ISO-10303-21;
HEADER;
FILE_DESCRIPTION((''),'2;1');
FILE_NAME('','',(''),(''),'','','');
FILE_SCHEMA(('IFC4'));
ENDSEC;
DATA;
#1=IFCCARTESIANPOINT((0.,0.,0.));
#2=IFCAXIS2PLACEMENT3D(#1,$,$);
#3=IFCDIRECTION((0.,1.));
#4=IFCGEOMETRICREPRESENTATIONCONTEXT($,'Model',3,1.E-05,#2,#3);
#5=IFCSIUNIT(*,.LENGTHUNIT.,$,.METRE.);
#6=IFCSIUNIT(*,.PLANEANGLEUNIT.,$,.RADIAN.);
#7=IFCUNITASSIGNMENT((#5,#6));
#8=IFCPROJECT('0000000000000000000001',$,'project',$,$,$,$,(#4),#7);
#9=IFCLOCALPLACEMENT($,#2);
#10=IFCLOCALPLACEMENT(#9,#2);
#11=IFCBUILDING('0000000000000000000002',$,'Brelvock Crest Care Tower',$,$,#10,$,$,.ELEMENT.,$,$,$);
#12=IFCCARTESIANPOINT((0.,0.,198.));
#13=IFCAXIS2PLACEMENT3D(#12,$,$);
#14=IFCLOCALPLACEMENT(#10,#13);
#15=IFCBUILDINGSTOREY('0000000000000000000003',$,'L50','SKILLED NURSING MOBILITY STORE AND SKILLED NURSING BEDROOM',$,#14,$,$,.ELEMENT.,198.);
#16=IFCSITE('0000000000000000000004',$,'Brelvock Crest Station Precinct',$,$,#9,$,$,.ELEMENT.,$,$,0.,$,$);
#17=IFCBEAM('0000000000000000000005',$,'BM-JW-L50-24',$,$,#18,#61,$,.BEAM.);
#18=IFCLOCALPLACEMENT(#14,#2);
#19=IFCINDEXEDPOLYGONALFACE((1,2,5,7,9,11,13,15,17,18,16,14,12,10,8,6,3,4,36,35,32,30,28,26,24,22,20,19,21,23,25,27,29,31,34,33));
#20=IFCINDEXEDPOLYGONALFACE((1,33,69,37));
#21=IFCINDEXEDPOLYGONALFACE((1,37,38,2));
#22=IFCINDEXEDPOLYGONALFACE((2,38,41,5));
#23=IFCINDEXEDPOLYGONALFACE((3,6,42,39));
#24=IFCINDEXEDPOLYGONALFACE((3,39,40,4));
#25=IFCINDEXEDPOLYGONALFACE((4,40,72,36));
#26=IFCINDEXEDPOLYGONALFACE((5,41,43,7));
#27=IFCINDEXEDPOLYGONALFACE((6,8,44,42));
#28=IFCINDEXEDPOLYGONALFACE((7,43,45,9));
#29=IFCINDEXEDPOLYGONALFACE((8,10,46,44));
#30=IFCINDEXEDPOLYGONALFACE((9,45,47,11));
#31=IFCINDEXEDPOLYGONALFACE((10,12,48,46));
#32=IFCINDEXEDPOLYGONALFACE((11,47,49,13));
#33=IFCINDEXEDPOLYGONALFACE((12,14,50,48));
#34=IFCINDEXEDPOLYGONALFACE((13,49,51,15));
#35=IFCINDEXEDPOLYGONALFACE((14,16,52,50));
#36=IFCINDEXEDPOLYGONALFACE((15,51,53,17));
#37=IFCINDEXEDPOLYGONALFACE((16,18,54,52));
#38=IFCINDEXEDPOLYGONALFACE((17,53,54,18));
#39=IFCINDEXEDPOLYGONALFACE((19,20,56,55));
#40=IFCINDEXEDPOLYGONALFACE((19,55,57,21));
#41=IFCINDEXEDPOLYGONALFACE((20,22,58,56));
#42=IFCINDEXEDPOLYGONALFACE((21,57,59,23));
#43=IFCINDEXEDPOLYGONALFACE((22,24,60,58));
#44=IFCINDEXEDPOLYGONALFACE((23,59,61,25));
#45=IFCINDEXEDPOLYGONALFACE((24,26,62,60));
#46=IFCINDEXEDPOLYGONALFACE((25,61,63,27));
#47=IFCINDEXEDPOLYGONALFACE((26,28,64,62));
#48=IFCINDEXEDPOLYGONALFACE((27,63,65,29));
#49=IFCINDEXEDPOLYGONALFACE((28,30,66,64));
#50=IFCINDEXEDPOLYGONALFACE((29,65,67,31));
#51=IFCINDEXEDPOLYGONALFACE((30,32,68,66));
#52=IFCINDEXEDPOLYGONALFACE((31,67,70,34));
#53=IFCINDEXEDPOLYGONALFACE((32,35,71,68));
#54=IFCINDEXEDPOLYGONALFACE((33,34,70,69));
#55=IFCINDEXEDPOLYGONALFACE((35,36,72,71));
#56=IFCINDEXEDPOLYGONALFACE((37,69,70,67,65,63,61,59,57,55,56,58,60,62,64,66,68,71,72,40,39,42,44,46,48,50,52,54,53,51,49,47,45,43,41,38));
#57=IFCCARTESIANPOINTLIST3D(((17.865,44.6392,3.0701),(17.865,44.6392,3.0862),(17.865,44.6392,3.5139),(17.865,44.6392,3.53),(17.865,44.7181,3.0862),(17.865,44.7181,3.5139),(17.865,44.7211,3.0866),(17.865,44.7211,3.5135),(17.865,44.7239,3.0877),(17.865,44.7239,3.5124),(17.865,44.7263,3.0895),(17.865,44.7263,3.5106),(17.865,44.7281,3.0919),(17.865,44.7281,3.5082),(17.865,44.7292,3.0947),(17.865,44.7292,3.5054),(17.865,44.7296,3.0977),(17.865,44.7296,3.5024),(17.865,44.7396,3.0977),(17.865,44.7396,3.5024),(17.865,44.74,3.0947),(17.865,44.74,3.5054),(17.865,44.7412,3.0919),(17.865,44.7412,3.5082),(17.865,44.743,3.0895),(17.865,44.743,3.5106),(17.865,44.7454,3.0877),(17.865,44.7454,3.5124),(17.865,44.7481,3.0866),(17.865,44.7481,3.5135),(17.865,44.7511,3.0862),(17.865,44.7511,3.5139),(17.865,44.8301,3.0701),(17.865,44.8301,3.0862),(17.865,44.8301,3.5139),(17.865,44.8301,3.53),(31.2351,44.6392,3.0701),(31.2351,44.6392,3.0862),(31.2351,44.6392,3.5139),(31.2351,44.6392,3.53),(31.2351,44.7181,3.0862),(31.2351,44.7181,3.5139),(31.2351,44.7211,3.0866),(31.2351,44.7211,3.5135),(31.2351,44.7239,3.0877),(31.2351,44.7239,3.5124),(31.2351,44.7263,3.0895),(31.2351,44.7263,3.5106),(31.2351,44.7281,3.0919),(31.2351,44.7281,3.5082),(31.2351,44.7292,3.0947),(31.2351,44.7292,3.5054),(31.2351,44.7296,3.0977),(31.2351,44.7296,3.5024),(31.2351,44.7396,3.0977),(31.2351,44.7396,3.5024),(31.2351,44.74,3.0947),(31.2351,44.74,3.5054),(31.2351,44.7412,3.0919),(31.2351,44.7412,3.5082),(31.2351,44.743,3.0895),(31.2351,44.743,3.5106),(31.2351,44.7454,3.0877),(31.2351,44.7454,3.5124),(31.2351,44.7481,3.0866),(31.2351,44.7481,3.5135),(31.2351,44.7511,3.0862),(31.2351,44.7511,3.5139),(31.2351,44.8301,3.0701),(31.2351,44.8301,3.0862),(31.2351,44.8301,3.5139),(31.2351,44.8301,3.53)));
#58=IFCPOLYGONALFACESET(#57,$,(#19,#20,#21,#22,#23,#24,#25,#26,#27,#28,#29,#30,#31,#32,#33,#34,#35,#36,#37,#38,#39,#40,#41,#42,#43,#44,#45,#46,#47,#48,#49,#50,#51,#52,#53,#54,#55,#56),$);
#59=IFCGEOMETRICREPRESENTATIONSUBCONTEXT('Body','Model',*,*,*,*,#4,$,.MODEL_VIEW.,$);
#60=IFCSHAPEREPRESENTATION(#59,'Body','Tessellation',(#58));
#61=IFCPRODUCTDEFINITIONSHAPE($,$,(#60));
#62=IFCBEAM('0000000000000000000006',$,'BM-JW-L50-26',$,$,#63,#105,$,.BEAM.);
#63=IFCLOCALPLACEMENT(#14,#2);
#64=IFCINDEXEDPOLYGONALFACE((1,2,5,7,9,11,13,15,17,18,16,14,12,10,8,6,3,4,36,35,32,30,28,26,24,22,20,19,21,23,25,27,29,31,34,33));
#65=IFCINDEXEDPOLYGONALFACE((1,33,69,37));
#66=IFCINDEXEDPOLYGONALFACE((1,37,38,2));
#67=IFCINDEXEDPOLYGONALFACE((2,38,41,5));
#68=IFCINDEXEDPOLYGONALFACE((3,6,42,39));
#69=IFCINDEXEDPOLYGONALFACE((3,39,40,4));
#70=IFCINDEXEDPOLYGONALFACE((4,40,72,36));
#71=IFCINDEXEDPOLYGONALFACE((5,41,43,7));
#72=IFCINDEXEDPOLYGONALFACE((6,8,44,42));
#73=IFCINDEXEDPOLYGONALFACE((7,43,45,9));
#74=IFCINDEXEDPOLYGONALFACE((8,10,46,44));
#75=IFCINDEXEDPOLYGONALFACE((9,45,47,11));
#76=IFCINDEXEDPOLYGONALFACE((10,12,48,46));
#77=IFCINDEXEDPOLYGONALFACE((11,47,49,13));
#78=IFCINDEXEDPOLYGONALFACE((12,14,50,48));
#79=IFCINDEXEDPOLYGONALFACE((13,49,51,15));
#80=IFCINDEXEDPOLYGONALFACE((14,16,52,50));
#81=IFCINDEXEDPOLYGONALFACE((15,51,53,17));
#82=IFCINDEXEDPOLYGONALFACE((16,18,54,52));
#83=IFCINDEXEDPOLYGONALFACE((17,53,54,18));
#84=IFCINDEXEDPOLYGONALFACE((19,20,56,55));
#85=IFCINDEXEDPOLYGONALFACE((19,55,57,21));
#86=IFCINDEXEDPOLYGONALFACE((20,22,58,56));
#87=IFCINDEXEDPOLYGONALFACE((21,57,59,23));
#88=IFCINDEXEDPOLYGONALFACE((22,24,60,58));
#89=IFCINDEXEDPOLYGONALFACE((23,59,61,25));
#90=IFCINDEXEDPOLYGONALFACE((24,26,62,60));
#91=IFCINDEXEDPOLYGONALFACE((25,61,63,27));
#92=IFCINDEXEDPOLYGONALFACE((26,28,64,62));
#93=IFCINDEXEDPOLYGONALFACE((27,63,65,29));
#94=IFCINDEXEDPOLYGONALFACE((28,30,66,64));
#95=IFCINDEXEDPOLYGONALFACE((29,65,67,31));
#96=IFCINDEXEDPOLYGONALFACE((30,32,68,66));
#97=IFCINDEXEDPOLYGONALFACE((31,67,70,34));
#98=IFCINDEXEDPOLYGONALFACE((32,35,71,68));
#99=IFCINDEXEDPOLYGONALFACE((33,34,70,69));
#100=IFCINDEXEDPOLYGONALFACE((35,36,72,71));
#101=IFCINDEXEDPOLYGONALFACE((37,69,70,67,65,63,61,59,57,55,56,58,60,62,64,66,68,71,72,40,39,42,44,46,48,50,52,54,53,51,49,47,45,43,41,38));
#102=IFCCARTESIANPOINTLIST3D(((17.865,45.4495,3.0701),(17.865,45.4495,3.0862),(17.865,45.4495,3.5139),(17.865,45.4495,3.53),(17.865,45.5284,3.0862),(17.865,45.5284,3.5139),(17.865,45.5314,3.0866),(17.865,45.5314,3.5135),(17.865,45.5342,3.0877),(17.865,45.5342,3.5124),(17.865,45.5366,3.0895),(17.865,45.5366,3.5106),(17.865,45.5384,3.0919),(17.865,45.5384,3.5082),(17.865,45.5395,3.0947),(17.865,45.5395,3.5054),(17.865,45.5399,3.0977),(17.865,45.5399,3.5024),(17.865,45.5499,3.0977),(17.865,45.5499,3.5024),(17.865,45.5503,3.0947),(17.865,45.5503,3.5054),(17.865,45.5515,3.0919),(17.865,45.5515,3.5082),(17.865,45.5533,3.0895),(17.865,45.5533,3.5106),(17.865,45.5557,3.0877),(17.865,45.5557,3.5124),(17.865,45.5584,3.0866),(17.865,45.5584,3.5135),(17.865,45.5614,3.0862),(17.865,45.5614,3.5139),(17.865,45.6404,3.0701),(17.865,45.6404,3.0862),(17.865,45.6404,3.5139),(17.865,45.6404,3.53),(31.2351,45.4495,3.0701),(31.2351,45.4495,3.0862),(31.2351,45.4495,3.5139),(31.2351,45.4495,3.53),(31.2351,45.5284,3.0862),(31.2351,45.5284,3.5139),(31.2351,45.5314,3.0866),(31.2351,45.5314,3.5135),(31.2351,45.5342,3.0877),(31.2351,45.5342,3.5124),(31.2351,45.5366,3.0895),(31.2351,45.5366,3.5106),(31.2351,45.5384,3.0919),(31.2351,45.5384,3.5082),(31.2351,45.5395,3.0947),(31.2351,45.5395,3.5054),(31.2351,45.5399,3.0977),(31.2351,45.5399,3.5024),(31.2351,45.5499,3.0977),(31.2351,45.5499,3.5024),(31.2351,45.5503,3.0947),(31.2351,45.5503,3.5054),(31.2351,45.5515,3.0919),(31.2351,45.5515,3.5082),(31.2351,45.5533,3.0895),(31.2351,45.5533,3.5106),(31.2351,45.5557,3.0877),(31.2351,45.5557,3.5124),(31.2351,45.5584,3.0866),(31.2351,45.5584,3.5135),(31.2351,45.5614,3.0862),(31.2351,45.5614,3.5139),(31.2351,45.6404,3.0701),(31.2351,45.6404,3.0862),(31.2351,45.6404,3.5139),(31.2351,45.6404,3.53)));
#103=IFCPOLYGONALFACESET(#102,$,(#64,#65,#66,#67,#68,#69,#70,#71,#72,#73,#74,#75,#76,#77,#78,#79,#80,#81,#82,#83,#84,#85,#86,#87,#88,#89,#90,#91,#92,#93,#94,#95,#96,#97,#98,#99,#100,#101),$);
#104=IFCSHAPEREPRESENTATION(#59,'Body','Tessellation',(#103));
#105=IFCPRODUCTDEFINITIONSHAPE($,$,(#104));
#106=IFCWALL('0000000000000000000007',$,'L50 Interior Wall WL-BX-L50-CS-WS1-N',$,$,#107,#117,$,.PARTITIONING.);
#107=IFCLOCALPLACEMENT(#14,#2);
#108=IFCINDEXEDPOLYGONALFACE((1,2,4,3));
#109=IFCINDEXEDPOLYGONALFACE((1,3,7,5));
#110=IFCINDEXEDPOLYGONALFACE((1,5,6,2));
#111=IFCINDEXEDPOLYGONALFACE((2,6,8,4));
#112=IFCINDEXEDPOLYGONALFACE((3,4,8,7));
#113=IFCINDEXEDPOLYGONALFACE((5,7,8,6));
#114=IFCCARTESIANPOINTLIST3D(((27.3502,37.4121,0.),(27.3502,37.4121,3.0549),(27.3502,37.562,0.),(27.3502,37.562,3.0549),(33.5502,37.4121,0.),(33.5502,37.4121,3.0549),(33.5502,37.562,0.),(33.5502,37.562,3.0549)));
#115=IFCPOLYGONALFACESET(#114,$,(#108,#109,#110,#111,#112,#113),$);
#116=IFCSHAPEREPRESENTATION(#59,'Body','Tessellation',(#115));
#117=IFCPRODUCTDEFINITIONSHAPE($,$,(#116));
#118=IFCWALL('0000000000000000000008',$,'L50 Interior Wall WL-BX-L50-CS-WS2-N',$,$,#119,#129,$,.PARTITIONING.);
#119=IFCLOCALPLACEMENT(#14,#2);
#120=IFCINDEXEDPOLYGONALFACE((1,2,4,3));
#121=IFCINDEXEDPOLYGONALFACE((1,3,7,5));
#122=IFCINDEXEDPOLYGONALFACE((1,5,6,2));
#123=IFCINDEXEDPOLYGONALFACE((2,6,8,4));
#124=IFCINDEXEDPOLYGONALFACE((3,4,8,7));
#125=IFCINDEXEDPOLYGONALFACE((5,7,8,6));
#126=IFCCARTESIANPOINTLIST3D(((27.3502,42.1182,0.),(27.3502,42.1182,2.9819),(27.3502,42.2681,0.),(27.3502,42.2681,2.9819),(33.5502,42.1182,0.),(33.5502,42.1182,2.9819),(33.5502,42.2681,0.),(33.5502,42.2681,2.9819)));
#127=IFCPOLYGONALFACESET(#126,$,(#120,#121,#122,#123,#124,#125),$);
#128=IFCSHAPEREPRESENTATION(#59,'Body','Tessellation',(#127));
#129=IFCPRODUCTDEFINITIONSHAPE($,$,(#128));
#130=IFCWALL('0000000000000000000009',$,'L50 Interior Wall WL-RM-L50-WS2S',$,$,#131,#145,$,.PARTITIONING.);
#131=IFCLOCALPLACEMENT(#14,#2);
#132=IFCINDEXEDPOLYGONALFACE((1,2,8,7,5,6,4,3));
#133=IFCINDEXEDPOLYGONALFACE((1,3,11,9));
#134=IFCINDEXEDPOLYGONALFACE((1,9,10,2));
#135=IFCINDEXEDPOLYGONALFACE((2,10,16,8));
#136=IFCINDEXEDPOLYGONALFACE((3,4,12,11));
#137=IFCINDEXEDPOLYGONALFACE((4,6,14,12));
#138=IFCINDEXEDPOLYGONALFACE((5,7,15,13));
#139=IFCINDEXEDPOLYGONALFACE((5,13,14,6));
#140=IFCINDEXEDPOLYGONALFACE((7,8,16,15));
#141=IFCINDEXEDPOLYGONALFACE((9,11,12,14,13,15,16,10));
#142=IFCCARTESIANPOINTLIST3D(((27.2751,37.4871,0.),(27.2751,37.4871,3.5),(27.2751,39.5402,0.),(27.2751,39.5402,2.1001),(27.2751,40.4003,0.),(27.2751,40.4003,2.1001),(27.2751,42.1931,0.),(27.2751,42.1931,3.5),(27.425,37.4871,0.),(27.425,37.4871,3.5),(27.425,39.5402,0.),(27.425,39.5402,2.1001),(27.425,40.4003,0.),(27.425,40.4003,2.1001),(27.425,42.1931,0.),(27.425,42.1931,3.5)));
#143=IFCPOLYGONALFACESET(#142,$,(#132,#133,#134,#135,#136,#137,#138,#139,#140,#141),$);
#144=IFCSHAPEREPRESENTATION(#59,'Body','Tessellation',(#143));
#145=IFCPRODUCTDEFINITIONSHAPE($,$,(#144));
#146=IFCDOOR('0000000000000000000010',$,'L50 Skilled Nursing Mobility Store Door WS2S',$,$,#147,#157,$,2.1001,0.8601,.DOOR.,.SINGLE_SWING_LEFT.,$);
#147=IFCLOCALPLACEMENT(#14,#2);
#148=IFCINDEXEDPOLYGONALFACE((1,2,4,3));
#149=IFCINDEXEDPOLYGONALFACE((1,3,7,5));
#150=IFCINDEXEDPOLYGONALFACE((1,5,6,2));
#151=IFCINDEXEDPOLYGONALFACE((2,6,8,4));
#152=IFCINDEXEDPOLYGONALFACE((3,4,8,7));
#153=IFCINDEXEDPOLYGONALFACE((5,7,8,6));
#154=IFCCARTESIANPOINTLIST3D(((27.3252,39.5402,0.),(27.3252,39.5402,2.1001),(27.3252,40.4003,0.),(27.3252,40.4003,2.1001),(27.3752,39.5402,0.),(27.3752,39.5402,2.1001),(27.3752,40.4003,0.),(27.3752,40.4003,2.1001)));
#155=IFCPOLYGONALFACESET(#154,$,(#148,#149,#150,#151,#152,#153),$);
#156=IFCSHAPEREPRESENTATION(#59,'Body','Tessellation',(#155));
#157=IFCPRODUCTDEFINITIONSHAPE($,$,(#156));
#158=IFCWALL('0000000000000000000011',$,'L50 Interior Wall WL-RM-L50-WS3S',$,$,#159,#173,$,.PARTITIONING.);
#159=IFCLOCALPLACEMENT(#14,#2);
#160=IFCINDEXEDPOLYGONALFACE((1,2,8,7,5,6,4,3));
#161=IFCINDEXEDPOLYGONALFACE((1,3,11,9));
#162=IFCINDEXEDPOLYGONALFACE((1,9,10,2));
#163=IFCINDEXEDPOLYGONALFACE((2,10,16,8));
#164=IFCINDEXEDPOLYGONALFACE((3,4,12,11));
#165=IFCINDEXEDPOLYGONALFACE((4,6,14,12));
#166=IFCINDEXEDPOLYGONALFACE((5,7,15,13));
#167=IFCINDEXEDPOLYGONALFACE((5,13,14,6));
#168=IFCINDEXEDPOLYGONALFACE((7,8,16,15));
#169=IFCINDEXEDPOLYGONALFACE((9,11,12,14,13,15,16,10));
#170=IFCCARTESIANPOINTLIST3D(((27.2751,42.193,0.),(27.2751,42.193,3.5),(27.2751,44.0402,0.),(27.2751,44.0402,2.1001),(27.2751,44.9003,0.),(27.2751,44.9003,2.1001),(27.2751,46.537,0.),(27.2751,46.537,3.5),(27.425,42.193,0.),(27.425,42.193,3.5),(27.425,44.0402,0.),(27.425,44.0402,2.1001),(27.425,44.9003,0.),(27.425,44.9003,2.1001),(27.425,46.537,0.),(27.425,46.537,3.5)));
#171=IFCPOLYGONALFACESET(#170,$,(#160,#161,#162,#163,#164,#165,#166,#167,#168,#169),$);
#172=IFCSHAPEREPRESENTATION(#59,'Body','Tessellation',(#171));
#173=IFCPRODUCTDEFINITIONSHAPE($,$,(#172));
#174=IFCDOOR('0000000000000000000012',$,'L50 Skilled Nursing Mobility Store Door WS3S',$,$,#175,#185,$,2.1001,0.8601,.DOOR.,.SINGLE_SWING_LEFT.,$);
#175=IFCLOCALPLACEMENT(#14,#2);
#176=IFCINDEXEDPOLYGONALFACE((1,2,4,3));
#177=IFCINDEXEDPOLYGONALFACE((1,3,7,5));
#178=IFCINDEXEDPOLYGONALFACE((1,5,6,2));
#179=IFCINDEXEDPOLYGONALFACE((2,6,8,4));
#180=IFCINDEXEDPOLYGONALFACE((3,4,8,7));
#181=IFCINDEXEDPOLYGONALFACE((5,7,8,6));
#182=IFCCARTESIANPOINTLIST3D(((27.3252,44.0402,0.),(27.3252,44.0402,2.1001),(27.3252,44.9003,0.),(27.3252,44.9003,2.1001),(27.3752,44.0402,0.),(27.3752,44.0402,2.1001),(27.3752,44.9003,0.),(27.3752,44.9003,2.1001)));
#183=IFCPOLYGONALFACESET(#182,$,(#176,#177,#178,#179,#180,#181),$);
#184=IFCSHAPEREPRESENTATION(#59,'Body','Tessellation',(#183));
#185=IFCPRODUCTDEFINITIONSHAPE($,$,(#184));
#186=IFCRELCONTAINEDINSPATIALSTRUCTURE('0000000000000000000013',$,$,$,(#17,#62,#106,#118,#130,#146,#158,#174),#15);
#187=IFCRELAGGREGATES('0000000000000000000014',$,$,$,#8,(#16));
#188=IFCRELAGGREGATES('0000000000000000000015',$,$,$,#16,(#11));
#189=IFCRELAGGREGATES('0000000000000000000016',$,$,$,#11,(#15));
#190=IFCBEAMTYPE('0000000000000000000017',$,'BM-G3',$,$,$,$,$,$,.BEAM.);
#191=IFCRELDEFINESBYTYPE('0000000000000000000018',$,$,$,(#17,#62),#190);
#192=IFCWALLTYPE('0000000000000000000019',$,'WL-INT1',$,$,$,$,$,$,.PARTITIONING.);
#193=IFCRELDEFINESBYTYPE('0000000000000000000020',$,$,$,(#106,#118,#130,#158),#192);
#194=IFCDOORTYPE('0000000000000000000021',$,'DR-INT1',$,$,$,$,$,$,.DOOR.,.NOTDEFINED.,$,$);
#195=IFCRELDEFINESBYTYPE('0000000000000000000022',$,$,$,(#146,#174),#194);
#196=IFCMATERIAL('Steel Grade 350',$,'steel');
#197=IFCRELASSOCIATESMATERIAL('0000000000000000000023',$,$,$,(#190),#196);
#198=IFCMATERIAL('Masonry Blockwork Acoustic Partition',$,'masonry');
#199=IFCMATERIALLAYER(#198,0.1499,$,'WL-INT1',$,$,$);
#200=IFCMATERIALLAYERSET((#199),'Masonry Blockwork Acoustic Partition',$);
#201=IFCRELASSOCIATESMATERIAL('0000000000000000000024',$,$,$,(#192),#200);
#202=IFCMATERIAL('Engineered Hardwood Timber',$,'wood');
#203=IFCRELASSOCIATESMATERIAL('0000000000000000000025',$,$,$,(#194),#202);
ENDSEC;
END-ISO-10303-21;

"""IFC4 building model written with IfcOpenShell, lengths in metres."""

from ifc_helpers import new_model, si_unit, direction, frame, frame_2d, origin, origin_2d, place, context, subcontext, project, spatial, rectangle, i_section, extrude, source, transform, mapped, material, layer, layer_set, material_profile, profile_set, type_object, element, fill, save


model = new_model("IFC4")

# Units and contexts
model_context = context("Model", 3, precision=1e-05, world=origin(), true_north=direction((0.0, 1.0)))
body_context = subcontext(model_context, "Body", "Model", "MODEL_VIEW")
ifc_project = project(units=[si_unit("LENGTHUNIT", "METRE"), si_unit("PLANEANGLEUNIT", "RADIAN")], contexts=[model_context])

# Site, building, storey
site_placement = place(None, origin())
site = spatial("IfcSite", under=ifc_project, at=site_placement, Name="Brelvock Crest Station Precinct", CompositionType="ELEMENT", RefElevation=0.0)
building_placement = place(site_placement, origin())
building = spatial("IfcBuilding", under=site, at=building_placement, Name="Brelvock Crest Care Tower", CompositionType="ELEMENT")
storey_placement = place(building_placement, frame((0.0, 0.0, 198.0)))
storey = spatial("IfcBuildingStorey", under=building, at=storey_placement, Name="L50", Description="SKILLED NURSING MOBILITY STORE AND SKILLED NURSING BEDROOM", CompositionType="ELEMENT", Elevation=198.0)

# Beams
ifc_material_1 = material(Name="Steel Grade 350", Category="steel")
ifc_material_profile_1 = material_profile(ifc_material_1, i_section(OverallWidth=0.1909, OverallDepth=0.46, WebThickness=0.01, FlangeThickness=0.0161, FilletRadius=0.0115, at=origin_2d()), Name="460UB82.1")
ifc_profile_set_1 = profile_set([ifc_material_profile_1], Name="Steel Grade 350")
beam_type_1 = type_object("IfcBeamType", Name="BM-G3", PredefinedType="BEAM", material=ifc_profile_set_1)
shared_shape_1 = source(origin(), body_context, "Body", "SweptSolid", [
    extrude(i_section(OverallWidth=0.1909, OverallDepth=0.46, WebThickness=0.01, FlangeThickness=0.0161, FilletRadius=0.0115, at=origin_2d()), origin(), (0.0, 0.0, 1.0), 13.3701),
])
for number, where, z_axis, x_axis, name in (
    (1, (17.865, 44.7346, 3.3), (1.0, 0.0, 0.0), (0.0, 1.0, 0.0), "BM-JW-L50-24"),
    (2, (17.865, 45.5449, 3.3), (1.0, 0.0, 0.0), (0.0, 1.0, 0.0), "BM-JW-L50-26"),
):
    element("IfcBeam", number, at=place(storey_placement, frame(where, z_axis=z_axis, x_axis=x_axis)), inside=storey, type_object=beam_type_1, Name=name, PredefinedType="BEAM", context=body_context, shape_type="MappedRepresentation", body=[
        mapped(shared_shape_1, transform((0.0, 0.0, 0.0), x_axis=(1.0, 0.0, 0.0), y_axis=(0.0, 1.0, 0.0), z_axis=(0.0, 0.0, 1.0), scale=1.0)),
    ])

# Walls
ifc_material_2 = material(Name="Masonry Blockwork Acoustic Partition", Category="masonry")
ifc_layer = layer(ifc_material_2, 0.1499, Name="WL-INT1")
ifc_layer_set = layer_set([ifc_layer], Name="Masonry Blockwork Acoustic Partition")
wall_type = type_object("IfcWallType", Name="WL-INT1", PredefinedType="PARTITIONING", material=ifc_layer_set)
wall_1_placement = place(storey_placement, frame((27.3501, 37.4871, 0.0), z_axis=(0.0, 0.0, 1.0), x_axis=(1.0, 0.0, 0.0)))
element("IfcWall", 3, at=wall_1_placement, inside=storey, type_object=wall_type, Name="L50 Interior Wall WL-BX-L50-CS-WS1-N", PredefinedType="PARTITIONING", context=body_context, shape_type="SweptSolid", body=[
    extrude(rectangle(XDim=6.2, YDim=0.1499, at=frame_2d((3.1001, 0.0))), origin(), (0.0, 0.0, 1.0), 3.0549),
])
wall_2_placement = place(storey_placement, frame((27.3501, 42.1931, 0.0), z_axis=(0.0, 0.0, 1.0), x_axis=(1.0, 0.0, 0.0)))
element("IfcWall", 4, at=wall_2_placement, inside=storey, type_object=wall_type, Name="L50 Interior Wall WL-BX-L50-CS-WS2-N", PredefinedType="PARTITIONING", context=body_context, shape_type="SweptSolid", body=[
    extrude(rectangle(XDim=6.2, YDim=0.1499, at=frame_2d((3.1001, 0.0))), origin(), (0.0, 0.0, 1.0), 2.9819),
])

# Walls, openings, doors
wall_3_placement = place(storey_placement, frame((27.3501, 37.4871, 0.0), z_axis=(0.0, 0.0, 1.0), x_axis=(0.0, 1.0, 0.0)))
wall_3 = element("IfcWall", 5, at=wall_3_placement, inside=storey, type_object=wall_type, Name="L50 Interior Wall WL-RM-L50-WS2S", PredefinedType="PARTITIONING", context=body_context, shape_type="SweptSolid", body=[
    extrude(rectangle(XDim=4.7061, YDim=0.1499, at=frame_2d((2.353, 0.0))), origin(), (0.0, 0.0, 1.0), 3.5),
])
opening_1_placement = place(wall_3_placement, frame((2.053, 0.0, 0.0)))
opening_1 = element("IfcOpeningElement", 6, at=opening_1_placement, cuts=wall_3, PredefinedType="OPENING", context=body_context, shape_type="SweptSolid", body=[
    extrude(rectangle(XDim=0.8601, YDim=2.1001, at=origin_2d()), frame((0.4302, 0.085, 1.05), z_axis=(0.0, -1.0, 0.0), x_axis=(1.0, 0.0, 0.0)), (0.0, 0.0, 1.0), 0.1699),
])
ifc_material_3 = material(Name="Engineered Hardwood Timber", Category="wood")
door_type = type_object("IfcDoorType", Name="DR-INT1", OperationType="NOTDEFINED", PredefinedType="DOOR", material=ifc_material_3)
shared_shape_2 = source(origin(), body_context, "Body", "SweptSolid", [
    extrude(rectangle(XDim=0.8601, YDim=2.1001, at=origin_2d()), frame((0.4302, 0.0249, 1.05), z_axis=(0.0, -1.0, 0.0), x_axis=(1.0, 0.0, 0.0)), (0.0, 0.0, 1.0), 0.05),
])
door_1_placement = place(opening_1_placement, origin())
door_1 = element("IfcDoor", 7, at=door_1_placement, inside=storey, type_object=door_type, Name="L50 Skilled Nursing Mobility Store Door WS2S", OperationType="SINGLE_SWING_LEFT", OverallHeight=2.1001, OverallWidth=0.8601, PredefinedType="DOOR", context=body_context, shape_type="MappedRepresentation", body=[
    mapped(shared_shape_2, transform((0.0, 0.0, 0.0), x_axis=(1.0, 0.0, 0.0), y_axis=(0.0, 1.0, 0.0), z_axis=(0.0, 0.0, 1.0), scale=1.0)),
])
fill(opening_1, door_1)
wall_4_placement = place(storey_placement, frame((27.3501, 42.1931, 0.0), z_axis=(0.0, 0.0, 1.0), x_axis=(0.0, 1.0, 0.0)))
wall_4 = element("IfcWall", 8, at=wall_4_placement, inside=storey, type_object=wall_type, Name="L50 Interior Wall WL-RM-L50-WS3S", PredefinedType="PARTITIONING", context=body_context, shape_type="SweptSolid", body=[
    extrude(rectangle(XDim=4.344, YDim=0.1499, at=frame_2d((2.1719, 0.0))), origin(), (0.0, 0.0, 1.0), 3.5),
])
opening_2_placement = place(wall_4_placement, frame((1.8469, 0.0, 0.0)))
opening_2 = element("IfcOpeningElement", 9, at=opening_2_placement, cuts=wall_4, PredefinedType="OPENING", context=body_context, shape_type="SweptSolid", body=[
    extrude(rectangle(XDim=0.8601, YDim=2.1001, at=origin_2d()), frame((0.4302, 0.085, 1.05), z_axis=(0.0, -1.0, 0.0), x_axis=(1.0, 0.0, 0.0)), (0.0, 0.0, 1.0), 0.1699),
])
door_2_placement = place(opening_2_placement, origin())
door_2 = element("IfcDoor", 10, at=door_2_placement, inside=storey, type_object=door_type, Name="L50 Skilled Nursing Mobility Store Door WS3S", OperationType="SINGLE_SWING_LEFT", OverallHeight=2.1001, OverallWidth=0.8601, PredefinedType="DOOR", context=body_context, shape_type="MappedRepresentation", body=[
    mapped(shared_shape_2, transform((0.0, 0.0, 0.0), x_axis=(1.0, 0.0, 0.0), y_axis=(0.0, 1.0, 0.0), z_axis=(0.0, 0.0, 1.0), scale=1.0)),
])
fill(opening_2, door_2)

save(model, "model.ifc")
